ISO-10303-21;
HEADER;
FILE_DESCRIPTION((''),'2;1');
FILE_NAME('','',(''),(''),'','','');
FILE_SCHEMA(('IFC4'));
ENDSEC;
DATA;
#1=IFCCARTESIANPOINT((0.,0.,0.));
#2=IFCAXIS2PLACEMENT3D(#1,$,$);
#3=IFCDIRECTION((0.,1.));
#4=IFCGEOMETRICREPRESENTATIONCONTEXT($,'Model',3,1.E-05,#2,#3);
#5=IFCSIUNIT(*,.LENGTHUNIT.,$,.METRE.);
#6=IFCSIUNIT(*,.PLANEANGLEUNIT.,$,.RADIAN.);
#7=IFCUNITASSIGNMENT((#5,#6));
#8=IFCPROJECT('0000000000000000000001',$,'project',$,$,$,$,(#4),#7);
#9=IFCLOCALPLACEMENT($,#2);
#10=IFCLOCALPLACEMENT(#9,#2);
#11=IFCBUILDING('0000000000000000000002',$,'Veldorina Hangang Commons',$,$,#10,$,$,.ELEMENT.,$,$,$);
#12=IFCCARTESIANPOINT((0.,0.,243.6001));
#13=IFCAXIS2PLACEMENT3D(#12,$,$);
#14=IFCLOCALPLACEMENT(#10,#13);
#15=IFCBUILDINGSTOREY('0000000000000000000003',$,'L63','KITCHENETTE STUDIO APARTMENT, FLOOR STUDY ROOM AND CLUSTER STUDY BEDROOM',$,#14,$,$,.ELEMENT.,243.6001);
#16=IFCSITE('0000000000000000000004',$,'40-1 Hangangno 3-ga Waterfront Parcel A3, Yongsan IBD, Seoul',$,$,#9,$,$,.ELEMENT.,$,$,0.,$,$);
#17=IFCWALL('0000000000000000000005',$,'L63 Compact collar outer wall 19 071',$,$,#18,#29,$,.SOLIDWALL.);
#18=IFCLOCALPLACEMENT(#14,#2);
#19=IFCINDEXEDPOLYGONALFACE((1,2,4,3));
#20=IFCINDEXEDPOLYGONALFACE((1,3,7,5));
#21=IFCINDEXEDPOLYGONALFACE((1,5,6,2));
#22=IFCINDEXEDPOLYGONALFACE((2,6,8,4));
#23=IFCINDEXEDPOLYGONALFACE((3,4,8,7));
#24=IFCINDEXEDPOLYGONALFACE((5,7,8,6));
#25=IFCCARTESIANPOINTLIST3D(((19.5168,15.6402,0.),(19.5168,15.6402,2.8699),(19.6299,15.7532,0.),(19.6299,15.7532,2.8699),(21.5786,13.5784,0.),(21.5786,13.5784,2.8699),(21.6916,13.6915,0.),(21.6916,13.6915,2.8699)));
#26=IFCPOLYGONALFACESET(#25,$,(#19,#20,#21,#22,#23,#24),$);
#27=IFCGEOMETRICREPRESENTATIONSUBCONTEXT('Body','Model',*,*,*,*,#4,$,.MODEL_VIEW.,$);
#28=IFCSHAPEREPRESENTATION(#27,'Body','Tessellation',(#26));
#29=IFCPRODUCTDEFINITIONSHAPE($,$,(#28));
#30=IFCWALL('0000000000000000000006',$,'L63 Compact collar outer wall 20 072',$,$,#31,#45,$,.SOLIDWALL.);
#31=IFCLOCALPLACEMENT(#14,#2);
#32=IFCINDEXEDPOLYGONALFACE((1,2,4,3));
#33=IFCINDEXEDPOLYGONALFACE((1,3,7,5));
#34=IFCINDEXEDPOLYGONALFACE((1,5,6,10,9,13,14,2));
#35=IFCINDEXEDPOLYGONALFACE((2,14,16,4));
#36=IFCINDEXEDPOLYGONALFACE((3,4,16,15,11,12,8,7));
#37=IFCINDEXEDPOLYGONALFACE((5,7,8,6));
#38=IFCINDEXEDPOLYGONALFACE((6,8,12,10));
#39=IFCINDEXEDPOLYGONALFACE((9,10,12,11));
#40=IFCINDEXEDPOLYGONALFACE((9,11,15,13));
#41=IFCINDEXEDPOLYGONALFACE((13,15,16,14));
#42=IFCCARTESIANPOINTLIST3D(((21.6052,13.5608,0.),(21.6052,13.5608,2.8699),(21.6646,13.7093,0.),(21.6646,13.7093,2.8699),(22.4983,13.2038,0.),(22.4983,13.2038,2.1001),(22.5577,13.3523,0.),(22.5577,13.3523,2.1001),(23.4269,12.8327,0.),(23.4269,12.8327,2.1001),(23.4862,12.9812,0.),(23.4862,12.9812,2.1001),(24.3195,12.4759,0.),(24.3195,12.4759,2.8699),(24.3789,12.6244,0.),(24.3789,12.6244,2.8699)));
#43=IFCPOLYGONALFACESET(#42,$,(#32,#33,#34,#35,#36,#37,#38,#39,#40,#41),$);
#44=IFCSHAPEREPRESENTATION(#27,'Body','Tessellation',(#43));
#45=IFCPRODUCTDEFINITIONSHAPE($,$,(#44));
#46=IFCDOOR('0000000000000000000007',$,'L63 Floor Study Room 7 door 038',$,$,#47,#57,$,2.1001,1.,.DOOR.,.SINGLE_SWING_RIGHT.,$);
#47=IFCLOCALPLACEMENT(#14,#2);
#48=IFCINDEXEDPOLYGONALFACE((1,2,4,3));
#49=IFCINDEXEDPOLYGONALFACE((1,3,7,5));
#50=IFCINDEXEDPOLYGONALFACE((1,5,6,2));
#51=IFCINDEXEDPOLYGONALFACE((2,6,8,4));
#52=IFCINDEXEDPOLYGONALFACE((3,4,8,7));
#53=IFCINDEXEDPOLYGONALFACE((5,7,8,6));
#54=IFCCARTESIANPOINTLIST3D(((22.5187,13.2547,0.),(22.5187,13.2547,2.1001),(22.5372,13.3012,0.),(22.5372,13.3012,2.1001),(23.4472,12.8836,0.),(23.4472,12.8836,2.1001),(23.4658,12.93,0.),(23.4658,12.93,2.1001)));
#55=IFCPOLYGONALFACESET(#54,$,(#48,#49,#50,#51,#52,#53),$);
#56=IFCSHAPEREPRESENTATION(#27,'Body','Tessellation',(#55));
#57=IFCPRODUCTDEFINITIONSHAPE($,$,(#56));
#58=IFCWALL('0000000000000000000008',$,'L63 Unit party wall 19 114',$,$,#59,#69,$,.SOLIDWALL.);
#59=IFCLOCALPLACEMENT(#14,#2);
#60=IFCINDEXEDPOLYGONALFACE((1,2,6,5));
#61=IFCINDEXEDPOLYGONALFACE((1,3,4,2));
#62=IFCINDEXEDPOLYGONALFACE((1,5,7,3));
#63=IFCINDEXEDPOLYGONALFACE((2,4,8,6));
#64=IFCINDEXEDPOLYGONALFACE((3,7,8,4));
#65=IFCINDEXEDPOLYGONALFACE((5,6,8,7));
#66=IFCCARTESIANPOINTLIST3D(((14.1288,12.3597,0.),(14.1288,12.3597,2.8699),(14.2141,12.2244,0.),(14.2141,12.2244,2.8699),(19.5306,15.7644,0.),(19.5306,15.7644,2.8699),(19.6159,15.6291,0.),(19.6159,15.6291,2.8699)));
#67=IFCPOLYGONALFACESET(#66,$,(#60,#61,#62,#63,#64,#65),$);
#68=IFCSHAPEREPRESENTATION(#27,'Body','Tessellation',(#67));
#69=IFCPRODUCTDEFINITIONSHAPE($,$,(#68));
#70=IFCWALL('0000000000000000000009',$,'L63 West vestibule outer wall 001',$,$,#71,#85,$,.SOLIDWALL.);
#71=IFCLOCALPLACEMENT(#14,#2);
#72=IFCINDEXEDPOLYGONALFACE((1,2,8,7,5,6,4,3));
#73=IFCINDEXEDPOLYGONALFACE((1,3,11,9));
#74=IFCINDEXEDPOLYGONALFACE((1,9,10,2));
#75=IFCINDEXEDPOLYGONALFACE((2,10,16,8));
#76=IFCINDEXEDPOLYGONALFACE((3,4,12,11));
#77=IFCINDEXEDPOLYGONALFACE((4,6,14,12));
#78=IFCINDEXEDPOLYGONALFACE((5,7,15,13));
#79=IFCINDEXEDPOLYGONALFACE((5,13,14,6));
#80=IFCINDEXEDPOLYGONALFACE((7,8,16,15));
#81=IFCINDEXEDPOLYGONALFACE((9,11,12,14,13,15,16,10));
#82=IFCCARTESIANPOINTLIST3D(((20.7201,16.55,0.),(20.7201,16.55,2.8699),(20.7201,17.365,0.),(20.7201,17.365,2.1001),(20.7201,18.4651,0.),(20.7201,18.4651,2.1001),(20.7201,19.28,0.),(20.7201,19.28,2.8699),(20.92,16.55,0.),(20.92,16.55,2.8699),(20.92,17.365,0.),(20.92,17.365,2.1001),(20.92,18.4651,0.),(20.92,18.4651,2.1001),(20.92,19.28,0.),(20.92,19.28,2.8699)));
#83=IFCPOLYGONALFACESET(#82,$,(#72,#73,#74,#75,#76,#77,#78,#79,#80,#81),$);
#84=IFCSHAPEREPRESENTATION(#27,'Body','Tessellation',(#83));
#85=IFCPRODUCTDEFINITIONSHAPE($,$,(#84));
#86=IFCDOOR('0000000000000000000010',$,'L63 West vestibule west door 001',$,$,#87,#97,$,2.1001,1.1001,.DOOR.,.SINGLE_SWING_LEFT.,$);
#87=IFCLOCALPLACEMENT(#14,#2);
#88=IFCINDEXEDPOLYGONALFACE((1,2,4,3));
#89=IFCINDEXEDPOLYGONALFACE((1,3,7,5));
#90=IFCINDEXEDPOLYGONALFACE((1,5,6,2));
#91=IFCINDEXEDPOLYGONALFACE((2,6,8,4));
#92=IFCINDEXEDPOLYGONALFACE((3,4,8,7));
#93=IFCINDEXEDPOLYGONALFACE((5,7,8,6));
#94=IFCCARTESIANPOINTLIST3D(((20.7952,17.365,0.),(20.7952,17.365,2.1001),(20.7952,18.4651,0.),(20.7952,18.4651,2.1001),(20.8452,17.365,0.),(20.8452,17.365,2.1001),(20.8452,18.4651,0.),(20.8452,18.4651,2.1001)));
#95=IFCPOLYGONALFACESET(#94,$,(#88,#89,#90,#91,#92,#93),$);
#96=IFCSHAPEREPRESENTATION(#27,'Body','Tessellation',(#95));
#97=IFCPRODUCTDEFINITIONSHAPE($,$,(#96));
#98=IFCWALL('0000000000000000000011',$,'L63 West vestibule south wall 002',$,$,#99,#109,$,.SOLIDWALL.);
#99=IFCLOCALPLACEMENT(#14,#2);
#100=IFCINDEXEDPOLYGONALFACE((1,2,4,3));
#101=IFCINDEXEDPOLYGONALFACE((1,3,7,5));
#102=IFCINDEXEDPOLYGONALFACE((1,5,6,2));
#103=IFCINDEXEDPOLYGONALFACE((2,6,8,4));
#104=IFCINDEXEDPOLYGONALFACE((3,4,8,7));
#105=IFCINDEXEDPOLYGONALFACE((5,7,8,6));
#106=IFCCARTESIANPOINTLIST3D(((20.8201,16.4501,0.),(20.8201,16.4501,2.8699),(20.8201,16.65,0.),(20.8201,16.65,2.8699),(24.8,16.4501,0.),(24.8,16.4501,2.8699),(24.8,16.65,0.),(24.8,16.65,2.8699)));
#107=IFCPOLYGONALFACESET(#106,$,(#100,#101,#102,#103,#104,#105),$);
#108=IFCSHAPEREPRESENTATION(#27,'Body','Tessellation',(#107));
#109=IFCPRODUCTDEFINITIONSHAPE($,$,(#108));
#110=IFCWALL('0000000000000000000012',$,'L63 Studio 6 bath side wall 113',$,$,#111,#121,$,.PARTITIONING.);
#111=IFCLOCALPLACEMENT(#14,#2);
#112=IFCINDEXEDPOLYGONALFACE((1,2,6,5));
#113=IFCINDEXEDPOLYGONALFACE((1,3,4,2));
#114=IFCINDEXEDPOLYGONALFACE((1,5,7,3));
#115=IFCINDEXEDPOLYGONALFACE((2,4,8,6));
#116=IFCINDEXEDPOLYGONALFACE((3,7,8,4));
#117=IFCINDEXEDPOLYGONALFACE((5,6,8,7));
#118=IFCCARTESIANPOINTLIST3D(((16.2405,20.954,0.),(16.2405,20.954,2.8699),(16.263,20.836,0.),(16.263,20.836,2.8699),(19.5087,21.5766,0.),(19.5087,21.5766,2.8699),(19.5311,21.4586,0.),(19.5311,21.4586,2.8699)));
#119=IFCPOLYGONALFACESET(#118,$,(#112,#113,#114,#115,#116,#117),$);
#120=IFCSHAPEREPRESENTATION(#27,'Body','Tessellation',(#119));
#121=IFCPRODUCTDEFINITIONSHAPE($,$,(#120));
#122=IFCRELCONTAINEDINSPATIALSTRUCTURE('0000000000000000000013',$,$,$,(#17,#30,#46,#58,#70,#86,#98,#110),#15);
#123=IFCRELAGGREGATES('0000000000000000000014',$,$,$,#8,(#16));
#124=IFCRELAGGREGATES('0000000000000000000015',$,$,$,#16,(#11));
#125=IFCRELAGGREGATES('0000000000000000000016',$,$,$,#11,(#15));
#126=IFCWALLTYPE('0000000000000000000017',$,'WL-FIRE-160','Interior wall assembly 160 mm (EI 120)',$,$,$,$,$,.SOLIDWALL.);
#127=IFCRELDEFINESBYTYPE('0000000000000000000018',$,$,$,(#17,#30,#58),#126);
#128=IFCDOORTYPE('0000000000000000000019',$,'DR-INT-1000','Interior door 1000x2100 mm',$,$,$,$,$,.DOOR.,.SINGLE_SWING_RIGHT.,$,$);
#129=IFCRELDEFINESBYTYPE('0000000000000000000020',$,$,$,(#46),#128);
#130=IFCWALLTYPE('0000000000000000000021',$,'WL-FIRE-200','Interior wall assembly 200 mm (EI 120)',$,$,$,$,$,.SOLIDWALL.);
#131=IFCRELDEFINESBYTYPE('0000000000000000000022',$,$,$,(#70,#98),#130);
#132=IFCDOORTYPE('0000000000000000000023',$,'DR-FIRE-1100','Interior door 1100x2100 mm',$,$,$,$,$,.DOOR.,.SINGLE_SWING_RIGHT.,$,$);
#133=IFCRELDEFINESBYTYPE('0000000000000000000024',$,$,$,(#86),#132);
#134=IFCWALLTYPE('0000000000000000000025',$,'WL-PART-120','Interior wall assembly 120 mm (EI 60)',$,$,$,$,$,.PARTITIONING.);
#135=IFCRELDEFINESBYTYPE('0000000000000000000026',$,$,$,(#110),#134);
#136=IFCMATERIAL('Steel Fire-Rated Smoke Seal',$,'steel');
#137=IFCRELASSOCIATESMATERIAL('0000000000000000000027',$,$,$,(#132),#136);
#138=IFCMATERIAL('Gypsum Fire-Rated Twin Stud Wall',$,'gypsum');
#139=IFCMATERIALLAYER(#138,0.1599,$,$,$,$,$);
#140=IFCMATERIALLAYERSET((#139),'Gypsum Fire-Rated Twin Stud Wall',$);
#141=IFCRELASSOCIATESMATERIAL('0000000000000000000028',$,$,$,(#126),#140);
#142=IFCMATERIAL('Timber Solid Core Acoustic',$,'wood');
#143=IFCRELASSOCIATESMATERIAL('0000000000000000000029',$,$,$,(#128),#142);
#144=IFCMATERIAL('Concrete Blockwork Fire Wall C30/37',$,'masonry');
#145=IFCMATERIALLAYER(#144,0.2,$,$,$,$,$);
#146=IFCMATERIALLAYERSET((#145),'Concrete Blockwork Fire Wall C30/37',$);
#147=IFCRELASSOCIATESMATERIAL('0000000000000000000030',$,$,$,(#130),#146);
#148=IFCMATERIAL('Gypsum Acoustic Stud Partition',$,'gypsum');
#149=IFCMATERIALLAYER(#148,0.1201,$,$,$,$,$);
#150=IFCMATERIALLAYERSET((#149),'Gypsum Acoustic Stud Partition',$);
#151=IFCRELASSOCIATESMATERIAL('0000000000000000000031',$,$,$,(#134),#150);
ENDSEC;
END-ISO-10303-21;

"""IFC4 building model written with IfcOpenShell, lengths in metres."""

from ifc_helpers import new_model, si_unit, direction, frame, frame_2d, origin, place, context, subcontext, project, spatial, rectangle, extrude, material, layer, layer_set, type_object, element, fill, save


model = new_model("IFC4")

# Units and contexts
model_context = context("Model", 3, precision=1e-05, world=origin(), true_north=direction((0.0, 1.0)))
body_context = subcontext(model_context, "Body", "Model", "MODEL_VIEW")
ifc_project = project(units=[si_unit("LENGTHUNIT", "METRE"), si_unit("PLANEANGLEUNIT", "RADIAN")], contexts=[model_context])

# Site, building, storey
site_placement = place(None, origin())
site = spatial("IfcSite", under=ifc_project, at=site_placement, Name="40-1 Hangangno 3-ga Waterfront Parcel A3, Yongsan IBD, Seoul", CompositionType="ELEMENT", RefElevation=0.0)
building_placement = place(site_placement, origin())
building = spatial("IfcBuilding", under=site, at=building_placement, Name="Veldorina Hangang Commons", CompositionType="ELEMENT")
storey_placement = place(building_placement, frame((0.0, 0.0, 243.6001)))
storey = spatial("IfcBuildingStorey", under=building, at=storey_placement, Name="L63", Description="KITCHENETTE STUDIO APARTMENT, FLOOR STUDY ROOM AND CLUSTER STUDY BEDROOM", CompositionType="ELEMENT", Elevation=243.6001)

# Shared definitions
ifc_material_1 = material(Name="Steel Fire-Rated Smoke Seal", Category="steel")
door_type_1 = type_object("IfcDoorType", Name="DR-FIRE-1100", Description="Interior door 1100x2100 mm", OperationType="SINGLE_SWING_RIGHT", PredefinedType="DOOR", material=ifc_material_1)
ifc_material_2 = material(Name="Gypsum Fire-Rated Twin Stud Wall", Category="gypsum")
ifc_layer_1 = layer(ifc_material_2, 0.1599)
ifc_layer_set_1 = layer_set([ifc_layer_1], Name="Gypsum Fire-Rated Twin Stud Wall")
wall_type_1 = type_object("IfcWallType", Name="WL-FIRE-160", Description="Interior wall assembly 160 mm (EI 120)", PredefinedType="SOLIDWALL", material=ifc_layer_set_1)

# Wall
wall_1_placement = place(storey_placement, frame((19.5732, 15.6968, 0.0), z_axis=(0.0, 0.0, 1.0), x_axis=(0.707107, -0.707107, 0.0)))
element("IfcWall", 1, at=wall_1_placement, inside=storey, type_object=wall_type_1, Name="L63 Compact collar outer wall 19 071", PredefinedType="SOLIDWALL", context=body_context, shape_type="SweptSolid", body=[
    extrude(rectangle(XDim=2.9158, YDim=0.1599, at=frame_2d((1.458, 0.0))), origin(), (0.0, 0.0, 1.0), 2.8699),
])

# Wall, opening, door
wall_2_placement = place(storey_placement, frame((21.635, 13.635, 0.0), z_axis=(0.0, 0.0, 1.0), x_axis=(0.928569, -0.37116, 0.0)))
wall_2 = element("IfcWall", 2, at=wall_2_placement, inside=storey, type_object=wall_type_1, Name="L63 Compact collar outer wall 20 072", PredefinedType="SOLIDWALL", context=body_context, shape_type="SweptSolid", body=[
    extrude(rectangle(XDim=2.9231, YDim=0.1599, at=frame_2d((1.4614, 0.0))), origin(), (0.0, 0.0, 1.0), 2.8699),
])
opening_1_placement = place(wall_2_placement, frame((0.9617, 0.0, 0.0)))
opening_1 = element("IfcOpeningElement", 3, at=opening_1_placement, cuts=wall_2, PredefinedType="OPENING", context=body_context, shape_type="SweptSolid", body=[
    extrude(rectangle(XDim=1.0, YDim=2.1001, at=frame_2d((0.5, 1.05))), frame((0.0, 0.0898, 0.0), z_axis=(0.0, -1.0, 0.0), x_axis=(1.0, 0.0, 0.0)), (0.0, 0.0, 1.0), 0.1799),
])
ifc_material_3 = material(Name="Timber Solid Core Acoustic", Category="wood")
door_type_2 = type_object("IfcDoorType", Name="DR-INT-1000", Description="Interior door 1000x2100 mm", OperationType="SINGLE_SWING_RIGHT", PredefinedType="DOOR", material=ifc_material_3)
door_1_placement = place(opening_1_placement, origin())
door_1 = element("IfcDoor", 4, at=door_1_placement, inside=storey, type_object=door_type_2, Name="L63 Floor Study Room 7 door 038", OperationType="SINGLE_SWING_RIGHT", OverallHeight=2.1001, OverallWidth=1.0, PredefinedType="DOOR", context=body_context, shape_type="SweptSolid", body=[
    extrude(rectangle(XDim=1.0, YDim=2.1001, at=frame_2d((0.5, 1.05))), frame((0.0, 0.0249, 0.0), z_axis=(0.0, -1.0, 0.0), x_axis=(1.0, 0.0, 0.0)), (0.0, 0.0, 1.0), 0.05),
])
fill(opening_1, door_1)

# Wall
wall_3_placement = place(storey_placement, frame((19.5732, 15.6968, 0.0), z_axis=(0.0, 0.0, 1.0), x_axis=(-0.845977, -0.533219, 0.0)))
element("IfcWall", 5, at=wall_3_placement, inside=storey, type_object=wall_type_1, Name="L63 Unit party wall 19 114", PredefinedType="SOLIDWALL", context=body_context, shape_type="SweptSolid", body=[
    extrude(rectangle(XDim=6.3853, YDim=0.1599, at=frame_2d((3.1926, 0.0))), origin(), (0.0, 0.0, 1.0), 2.8699),
])

# Wall, opening, door
ifc_material_4 = material(Name="Concrete Blockwork Fire Wall C30/37", Category="masonry")
ifc_layer_2 = layer(ifc_material_4, 0.2)
ifc_layer_set_2 = layer_set([ifc_layer_2], Name="Concrete Blockwork Fire Wall C30/37")
wall_type_2 = type_object("IfcWallType", Name="WL-FIRE-200", Description="Interior wall assembly 200 mm (EI 120)", PredefinedType="SOLIDWALL", material=ifc_layer_set_2)
wall_4_placement = place(storey_placement, frame((20.8201, 16.55, 0.0), z_axis=(0.0, 0.0, 1.0), x_axis=(0.0, 1.0, 0.0)))
wall_4 = element("IfcWall", 6, at=wall_4_placement, inside=storey, type_object=wall_type_2, Name="L63 West vestibule outer wall 001", PredefinedType="SOLIDWALL", context=body_context, shape_type="SweptSolid", body=[
    extrude(rectangle(XDim=2.73, YDim=0.2, at=frame_2d((1.365, 0.0))), origin(), (0.0, 0.0, 1.0), 2.8699),
])
opening_2_placement = place(wall_4_placement, frame((0.8149, 0.0, 0.0)))
opening_2 = element("IfcOpeningElement", 7, at=opening_2_placement, cuts=wall_4, PredefinedType="OPENING", context=body_context, shape_type="SweptSolid", body=[
    extrude(rectangle(XDim=1.1001, YDim=2.1001, at=frame_2d((0.55, 1.05))), frame((0.0, 0.1099, 0.0), z_axis=(0.0, -1.0, 0.0), x_axis=(1.0, 0.0, 0.0)), (0.0, 0.0, 1.0), 0.22),
])
door_2_placement = place(opening_2_placement, origin())
door_2 = element("IfcDoor", 8, at=door_2_placement, inside=storey, type_object=door_type_1, Name="L63 West vestibule west door 001", OperationType="SINGLE_SWING_LEFT", OverallHeight=2.1001, OverallWidth=1.1001, PredefinedType="DOOR", context=body_context, shape_type="SweptSolid", body=[
    extrude(rectangle(XDim=1.1001, YDim=2.1001, at=frame_2d((0.55, 1.05))), frame((0.0, 0.0249, 0.0), z_axis=(0.0, -1.0, 0.0), x_axis=(1.0, 0.0, 0.0)), (0.0, 0.0, 1.0), 0.05),
])
fill(opening_2, door_2)

# Walls
wall_5_placement = place(storey_placement, frame((20.8201, 16.55, 0.0), z_axis=(0.0, 0.0, 1.0), x_axis=(1.0, 0.0, 0.0)))
element("IfcWall", 9, at=wall_5_placement, inside=storey, type_object=wall_type_2, Name="L63 West vestibule south wall 002", PredefinedType="SOLIDWALL", context=body_context, shape_type="SweptSolid", body=[
    extrude(rectangle(XDim=3.98, YDim=0.2, at=frame_2d((1.99, 0.0))), origin(), (0.0, 0.0, 1.0), 2.8699),
])
ifc_material_5 = material(Name="Gypsum Acoustic Stud Partition", Category="gypsum")
ifc_layer_3 = layer(ifc_material_5, 0.1201)
ifc_layer_set_3 = layer_set([ifc_layer_3], Name="Gypsum Acoustic Stud Partition")
wall_type_3 = type_object("IfcWallType", Name="WL-PART-120", Description="Interior wall assembly 120 mm (EI 60)", PredefinedType="PARTITIONING", material=ifc_layer_set_3)
wall_6_placement = place(storey_placement, frame((19.52, 21.5176, 0.0), z_axis=(0.0, 0.0, 1.0), x_axis=(-0.982335, -0.187132, 0.0)))
element("IfcWall", 10, at=wall_6_placement, inside=storey, type_object=wall_type_3, Name="L63 Studio 6 bath side wall 113", PredefinedType="PARTITIONING", context=body_context, shape_type="SweptSolid", body=[
    extrude(rectangle(XDim=3.3269, YDim=0.1201, at=frame_2d((1.6636, 0.0))), origin(), (0.0, 0.0, 1.0), 2.8699),
])

save(model, "model.ifc")
